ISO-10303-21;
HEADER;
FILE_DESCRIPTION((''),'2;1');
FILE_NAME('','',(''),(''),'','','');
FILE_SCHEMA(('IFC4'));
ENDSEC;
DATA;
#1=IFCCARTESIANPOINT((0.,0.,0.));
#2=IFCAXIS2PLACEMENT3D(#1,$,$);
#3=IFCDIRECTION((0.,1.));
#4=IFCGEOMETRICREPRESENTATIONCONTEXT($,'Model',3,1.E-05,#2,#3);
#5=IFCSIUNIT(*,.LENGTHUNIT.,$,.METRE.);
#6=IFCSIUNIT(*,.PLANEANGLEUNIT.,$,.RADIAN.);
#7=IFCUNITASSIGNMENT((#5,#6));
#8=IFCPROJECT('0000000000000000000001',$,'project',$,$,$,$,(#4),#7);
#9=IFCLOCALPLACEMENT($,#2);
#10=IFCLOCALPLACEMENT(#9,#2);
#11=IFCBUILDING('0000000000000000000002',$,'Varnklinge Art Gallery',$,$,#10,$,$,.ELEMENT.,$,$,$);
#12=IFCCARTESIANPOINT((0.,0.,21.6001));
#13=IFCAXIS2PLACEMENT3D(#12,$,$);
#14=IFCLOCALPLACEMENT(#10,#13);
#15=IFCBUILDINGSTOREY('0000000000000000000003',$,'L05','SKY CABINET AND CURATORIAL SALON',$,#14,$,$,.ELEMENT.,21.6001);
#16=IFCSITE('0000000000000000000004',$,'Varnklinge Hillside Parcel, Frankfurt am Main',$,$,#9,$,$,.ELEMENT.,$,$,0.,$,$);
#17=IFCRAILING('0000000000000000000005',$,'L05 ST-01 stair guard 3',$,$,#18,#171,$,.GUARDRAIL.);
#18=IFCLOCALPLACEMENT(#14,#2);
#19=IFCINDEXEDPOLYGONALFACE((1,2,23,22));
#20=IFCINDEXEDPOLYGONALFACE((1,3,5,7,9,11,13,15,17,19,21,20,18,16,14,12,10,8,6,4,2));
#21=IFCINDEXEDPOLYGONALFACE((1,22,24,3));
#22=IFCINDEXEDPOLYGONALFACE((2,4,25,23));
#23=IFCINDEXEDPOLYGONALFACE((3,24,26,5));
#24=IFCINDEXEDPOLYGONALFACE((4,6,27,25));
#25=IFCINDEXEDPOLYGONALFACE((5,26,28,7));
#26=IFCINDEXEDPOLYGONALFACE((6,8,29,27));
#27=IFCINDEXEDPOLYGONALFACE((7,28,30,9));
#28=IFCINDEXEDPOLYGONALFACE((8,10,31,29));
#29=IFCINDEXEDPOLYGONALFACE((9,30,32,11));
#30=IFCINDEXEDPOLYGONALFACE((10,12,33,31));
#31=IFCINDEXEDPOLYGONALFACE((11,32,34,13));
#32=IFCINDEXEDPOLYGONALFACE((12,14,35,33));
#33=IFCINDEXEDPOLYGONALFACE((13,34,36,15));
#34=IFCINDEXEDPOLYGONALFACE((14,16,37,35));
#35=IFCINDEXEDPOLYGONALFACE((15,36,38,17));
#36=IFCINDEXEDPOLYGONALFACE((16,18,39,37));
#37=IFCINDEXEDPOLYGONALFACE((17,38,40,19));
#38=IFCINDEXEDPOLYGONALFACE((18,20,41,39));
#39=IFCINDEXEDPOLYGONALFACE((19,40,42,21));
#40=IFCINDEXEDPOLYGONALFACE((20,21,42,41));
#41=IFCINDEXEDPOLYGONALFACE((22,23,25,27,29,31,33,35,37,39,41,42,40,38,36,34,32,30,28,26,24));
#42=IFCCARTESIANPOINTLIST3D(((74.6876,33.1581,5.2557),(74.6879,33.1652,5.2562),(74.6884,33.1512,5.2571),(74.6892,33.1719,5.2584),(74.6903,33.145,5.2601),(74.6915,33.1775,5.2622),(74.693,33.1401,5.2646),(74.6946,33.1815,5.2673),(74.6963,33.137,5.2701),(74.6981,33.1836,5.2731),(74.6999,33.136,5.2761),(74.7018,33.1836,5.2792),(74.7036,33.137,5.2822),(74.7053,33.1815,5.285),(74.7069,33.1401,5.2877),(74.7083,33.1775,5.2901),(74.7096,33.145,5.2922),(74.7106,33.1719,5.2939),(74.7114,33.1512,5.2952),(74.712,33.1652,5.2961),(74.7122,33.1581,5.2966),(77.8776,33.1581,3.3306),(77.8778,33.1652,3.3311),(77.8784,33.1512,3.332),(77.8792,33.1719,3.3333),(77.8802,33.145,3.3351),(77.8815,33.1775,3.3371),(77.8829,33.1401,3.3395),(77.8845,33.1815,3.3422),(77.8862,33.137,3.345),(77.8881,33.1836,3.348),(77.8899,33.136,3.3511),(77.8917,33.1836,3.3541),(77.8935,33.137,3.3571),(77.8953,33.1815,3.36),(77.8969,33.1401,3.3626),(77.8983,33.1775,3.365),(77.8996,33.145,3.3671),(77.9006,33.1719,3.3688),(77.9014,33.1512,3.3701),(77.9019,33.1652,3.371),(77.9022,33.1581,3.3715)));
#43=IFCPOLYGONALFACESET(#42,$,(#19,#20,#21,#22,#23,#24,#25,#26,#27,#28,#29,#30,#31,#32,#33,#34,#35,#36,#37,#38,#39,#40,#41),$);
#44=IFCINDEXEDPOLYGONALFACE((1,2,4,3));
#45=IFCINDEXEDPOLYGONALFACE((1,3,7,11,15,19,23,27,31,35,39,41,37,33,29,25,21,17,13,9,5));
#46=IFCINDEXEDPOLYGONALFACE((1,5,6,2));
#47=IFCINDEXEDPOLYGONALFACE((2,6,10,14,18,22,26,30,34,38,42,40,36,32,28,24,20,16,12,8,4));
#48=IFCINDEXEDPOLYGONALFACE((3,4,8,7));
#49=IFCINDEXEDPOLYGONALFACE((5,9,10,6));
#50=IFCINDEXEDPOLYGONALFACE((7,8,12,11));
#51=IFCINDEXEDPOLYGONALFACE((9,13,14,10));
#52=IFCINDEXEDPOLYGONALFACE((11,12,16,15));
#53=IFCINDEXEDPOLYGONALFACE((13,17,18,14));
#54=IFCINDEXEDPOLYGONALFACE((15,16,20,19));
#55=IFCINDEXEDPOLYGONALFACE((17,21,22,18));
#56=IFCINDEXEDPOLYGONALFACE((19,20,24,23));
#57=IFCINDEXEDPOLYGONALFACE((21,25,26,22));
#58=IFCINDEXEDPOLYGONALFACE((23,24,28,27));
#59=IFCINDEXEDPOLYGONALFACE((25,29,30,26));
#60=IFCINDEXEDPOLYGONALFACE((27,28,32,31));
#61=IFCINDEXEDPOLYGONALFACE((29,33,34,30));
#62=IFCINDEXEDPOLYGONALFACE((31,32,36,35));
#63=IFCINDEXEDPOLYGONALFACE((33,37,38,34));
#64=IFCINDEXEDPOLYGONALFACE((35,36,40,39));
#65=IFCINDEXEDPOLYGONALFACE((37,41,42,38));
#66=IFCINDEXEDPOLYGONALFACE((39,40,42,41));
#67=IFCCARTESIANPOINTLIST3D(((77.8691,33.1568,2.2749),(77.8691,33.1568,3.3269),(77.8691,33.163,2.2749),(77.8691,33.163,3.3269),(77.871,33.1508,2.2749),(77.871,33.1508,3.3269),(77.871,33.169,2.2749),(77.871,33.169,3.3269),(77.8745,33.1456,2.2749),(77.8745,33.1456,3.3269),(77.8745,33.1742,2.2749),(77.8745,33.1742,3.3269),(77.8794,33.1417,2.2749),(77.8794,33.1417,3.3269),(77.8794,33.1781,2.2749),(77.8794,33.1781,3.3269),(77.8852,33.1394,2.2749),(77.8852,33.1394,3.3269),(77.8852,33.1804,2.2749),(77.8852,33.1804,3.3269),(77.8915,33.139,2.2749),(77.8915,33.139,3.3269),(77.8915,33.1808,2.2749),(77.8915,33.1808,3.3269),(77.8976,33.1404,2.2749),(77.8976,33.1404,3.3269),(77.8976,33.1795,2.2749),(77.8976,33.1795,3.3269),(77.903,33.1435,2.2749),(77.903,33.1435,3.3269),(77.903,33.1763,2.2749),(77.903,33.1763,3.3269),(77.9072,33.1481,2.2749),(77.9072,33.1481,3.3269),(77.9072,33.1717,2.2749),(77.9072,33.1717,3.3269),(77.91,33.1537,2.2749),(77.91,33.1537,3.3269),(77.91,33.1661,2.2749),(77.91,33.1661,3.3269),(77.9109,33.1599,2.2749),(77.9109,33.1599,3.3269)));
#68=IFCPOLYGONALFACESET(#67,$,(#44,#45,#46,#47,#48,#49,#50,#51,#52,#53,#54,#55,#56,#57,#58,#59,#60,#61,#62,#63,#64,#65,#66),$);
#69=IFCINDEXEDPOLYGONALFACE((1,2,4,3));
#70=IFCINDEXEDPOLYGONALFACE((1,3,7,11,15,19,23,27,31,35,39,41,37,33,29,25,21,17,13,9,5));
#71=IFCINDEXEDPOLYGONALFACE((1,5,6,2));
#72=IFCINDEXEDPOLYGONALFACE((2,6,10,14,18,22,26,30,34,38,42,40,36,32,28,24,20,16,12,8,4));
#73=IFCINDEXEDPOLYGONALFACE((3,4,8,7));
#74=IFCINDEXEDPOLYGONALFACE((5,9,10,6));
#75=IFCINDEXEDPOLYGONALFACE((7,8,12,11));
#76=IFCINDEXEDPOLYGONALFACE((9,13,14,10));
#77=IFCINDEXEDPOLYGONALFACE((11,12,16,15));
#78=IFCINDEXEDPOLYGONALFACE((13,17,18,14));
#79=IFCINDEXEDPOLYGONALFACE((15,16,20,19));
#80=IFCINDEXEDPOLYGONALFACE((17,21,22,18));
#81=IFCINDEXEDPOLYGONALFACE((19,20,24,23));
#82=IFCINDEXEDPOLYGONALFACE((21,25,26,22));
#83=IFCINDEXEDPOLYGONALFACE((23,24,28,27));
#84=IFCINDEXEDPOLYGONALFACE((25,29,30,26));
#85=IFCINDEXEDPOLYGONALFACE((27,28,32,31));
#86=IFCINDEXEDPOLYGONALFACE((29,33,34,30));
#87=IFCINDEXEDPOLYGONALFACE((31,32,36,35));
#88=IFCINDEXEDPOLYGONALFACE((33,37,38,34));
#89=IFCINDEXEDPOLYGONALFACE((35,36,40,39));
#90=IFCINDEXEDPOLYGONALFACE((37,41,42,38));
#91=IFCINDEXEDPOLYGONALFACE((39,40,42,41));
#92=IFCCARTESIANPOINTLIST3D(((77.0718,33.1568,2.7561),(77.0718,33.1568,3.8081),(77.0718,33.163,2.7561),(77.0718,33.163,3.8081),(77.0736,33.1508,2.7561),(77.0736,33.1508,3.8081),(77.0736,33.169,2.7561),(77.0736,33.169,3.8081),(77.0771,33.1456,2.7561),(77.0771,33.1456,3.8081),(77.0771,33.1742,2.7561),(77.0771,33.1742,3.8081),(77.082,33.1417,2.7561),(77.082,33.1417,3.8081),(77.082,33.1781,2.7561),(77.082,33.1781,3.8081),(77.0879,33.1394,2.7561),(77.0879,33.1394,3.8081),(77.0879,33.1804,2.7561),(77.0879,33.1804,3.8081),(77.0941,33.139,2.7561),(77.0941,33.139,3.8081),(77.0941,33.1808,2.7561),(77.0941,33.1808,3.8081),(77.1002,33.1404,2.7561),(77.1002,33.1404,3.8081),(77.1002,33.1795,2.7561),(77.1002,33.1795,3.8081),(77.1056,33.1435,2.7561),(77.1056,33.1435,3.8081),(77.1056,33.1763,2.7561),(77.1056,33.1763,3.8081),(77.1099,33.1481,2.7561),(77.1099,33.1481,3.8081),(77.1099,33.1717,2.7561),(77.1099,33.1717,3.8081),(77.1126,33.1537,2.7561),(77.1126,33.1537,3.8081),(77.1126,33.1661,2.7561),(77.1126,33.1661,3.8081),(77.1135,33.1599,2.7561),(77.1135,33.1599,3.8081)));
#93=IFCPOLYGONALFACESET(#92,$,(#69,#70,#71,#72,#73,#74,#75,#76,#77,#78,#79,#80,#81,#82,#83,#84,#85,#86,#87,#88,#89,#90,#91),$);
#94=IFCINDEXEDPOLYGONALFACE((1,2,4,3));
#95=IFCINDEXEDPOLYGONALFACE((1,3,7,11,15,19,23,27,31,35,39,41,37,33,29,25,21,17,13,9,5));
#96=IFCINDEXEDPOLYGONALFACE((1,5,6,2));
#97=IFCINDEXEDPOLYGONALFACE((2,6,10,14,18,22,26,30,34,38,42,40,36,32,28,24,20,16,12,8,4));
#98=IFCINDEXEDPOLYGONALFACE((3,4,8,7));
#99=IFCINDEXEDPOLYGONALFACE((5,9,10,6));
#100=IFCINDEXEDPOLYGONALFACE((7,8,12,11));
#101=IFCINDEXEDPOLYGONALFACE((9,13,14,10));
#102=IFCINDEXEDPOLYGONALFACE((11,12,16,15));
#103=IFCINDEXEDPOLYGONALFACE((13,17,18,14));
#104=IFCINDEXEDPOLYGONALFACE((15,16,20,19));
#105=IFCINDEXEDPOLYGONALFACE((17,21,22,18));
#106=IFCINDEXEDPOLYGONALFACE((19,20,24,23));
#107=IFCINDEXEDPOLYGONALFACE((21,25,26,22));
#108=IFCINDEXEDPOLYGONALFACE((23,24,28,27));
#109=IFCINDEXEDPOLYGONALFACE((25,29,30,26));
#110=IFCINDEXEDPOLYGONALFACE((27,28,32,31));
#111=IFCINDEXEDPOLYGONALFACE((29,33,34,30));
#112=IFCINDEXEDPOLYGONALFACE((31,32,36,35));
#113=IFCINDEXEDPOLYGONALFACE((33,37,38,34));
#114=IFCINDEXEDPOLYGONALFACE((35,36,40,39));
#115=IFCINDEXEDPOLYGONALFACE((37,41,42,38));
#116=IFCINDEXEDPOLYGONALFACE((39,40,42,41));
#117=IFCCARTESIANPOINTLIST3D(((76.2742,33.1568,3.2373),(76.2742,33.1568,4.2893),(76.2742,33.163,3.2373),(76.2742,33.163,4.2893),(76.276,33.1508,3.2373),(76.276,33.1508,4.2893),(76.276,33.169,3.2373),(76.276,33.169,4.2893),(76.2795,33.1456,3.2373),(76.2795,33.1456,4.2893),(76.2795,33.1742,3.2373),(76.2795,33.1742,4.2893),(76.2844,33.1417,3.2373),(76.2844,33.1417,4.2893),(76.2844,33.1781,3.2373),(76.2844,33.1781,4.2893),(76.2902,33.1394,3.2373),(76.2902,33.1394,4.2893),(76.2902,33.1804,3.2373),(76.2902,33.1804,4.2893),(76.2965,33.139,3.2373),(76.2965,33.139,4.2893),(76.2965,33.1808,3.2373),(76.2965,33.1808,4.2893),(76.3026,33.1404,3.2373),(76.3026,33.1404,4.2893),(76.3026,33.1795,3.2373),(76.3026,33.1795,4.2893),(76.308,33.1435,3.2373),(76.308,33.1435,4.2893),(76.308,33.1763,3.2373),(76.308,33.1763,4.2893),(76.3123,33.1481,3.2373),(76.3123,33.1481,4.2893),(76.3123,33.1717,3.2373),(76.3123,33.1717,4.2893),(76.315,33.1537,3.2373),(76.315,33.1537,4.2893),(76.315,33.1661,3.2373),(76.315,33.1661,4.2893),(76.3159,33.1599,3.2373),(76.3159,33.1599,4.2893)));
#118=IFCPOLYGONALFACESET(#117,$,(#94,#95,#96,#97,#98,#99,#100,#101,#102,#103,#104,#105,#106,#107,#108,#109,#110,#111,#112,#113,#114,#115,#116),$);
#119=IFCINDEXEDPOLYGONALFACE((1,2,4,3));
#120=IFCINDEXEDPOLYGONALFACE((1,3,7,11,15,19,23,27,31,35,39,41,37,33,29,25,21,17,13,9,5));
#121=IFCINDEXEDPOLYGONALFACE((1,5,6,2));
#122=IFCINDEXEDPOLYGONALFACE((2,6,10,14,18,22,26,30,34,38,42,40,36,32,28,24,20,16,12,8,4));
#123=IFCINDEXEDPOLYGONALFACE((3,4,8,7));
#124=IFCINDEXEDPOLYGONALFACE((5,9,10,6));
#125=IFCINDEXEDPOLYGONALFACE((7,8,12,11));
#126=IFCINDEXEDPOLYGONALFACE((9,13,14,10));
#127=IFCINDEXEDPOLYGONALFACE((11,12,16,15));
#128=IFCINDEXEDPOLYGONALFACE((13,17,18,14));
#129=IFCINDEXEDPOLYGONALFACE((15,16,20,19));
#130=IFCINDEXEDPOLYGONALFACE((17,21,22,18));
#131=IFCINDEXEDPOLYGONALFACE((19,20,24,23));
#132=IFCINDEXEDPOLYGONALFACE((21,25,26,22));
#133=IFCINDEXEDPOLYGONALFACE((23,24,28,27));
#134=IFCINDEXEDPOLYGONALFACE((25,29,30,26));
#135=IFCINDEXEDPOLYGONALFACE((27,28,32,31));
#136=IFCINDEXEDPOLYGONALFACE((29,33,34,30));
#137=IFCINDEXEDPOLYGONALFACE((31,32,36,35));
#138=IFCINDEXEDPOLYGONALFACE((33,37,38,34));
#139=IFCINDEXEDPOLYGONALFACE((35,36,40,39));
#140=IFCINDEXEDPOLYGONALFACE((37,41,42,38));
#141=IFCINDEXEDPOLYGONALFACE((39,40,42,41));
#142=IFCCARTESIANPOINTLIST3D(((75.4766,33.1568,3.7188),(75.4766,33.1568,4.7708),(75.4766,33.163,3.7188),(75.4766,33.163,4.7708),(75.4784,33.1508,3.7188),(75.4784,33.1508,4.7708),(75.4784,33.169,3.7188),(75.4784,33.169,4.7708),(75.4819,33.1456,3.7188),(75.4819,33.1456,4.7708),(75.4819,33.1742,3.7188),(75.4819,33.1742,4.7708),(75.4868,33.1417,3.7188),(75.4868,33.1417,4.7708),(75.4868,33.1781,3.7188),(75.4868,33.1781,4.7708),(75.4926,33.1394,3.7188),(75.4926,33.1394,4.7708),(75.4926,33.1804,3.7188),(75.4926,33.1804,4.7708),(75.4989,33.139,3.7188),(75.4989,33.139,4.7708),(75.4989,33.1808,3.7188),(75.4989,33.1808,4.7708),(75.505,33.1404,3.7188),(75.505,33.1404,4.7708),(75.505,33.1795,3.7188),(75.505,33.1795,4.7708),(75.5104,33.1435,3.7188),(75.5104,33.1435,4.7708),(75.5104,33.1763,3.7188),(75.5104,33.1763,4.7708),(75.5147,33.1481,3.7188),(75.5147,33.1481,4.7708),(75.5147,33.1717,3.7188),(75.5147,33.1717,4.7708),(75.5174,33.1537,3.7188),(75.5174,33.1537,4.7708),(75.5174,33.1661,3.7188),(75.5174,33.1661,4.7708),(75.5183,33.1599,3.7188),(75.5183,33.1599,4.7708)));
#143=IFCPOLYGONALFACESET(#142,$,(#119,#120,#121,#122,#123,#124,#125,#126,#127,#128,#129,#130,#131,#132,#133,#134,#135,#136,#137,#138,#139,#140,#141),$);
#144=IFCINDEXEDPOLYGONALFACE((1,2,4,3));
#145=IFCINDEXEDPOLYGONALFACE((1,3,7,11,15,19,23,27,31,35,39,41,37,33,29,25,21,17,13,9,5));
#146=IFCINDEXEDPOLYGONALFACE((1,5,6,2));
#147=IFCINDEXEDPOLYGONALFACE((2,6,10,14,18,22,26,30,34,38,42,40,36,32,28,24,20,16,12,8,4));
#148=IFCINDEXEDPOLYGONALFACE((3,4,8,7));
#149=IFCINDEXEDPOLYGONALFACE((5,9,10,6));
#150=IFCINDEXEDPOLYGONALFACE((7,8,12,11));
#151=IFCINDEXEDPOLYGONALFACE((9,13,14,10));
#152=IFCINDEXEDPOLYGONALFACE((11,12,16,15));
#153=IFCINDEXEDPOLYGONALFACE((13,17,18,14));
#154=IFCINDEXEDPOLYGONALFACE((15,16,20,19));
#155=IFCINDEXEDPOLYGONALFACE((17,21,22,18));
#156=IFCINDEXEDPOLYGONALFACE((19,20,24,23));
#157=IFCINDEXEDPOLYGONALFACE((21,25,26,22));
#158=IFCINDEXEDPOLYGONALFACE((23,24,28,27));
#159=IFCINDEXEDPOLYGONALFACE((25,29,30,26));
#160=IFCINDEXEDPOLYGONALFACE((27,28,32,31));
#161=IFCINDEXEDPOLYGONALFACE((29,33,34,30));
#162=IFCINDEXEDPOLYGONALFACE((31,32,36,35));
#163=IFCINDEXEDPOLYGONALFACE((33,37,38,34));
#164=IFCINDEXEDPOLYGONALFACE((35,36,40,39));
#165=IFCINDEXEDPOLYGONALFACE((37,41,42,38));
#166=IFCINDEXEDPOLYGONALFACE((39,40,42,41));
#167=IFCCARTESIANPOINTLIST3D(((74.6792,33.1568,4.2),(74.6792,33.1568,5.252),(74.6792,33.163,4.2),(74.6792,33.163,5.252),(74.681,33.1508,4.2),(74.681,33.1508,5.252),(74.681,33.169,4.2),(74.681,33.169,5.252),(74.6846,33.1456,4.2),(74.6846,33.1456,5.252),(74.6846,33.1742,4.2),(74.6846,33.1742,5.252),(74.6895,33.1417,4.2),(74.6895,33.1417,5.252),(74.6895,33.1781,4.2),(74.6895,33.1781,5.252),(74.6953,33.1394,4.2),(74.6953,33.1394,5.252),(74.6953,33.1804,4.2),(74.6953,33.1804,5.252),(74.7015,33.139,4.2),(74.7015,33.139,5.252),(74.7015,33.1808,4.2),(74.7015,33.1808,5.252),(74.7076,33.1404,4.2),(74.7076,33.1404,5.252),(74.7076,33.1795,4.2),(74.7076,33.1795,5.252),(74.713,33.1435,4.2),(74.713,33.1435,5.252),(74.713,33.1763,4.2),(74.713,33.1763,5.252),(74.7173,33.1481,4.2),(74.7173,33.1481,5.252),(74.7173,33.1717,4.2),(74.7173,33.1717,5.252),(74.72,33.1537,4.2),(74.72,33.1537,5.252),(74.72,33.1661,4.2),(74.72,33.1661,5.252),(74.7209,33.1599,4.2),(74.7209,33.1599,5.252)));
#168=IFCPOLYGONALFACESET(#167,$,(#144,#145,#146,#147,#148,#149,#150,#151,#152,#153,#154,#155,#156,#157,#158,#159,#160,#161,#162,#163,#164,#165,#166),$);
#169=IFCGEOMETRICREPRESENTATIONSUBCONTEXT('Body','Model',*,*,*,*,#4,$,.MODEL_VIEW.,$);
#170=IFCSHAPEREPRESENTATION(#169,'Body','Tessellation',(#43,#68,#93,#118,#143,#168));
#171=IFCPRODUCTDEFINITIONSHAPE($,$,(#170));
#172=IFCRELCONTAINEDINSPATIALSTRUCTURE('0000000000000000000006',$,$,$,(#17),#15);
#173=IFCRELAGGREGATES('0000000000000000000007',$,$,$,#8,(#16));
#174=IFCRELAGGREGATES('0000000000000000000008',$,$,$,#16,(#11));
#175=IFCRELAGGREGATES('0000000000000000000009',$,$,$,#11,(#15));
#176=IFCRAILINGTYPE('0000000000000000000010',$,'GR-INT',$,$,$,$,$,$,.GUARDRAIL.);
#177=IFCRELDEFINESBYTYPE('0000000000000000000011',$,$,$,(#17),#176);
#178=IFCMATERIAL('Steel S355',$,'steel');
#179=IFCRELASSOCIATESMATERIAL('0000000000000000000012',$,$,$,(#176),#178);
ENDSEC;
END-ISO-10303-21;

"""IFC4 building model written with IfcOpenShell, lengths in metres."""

from ifc_helpers import new_model, si_unit, direction, frame, origin, origin_2d, place, context, subcontext, project, spatial, circle, extrude, material, type_object, element, save


model = new_model("IFC4")

# Units and contexts
model_context = context("Model", 3, precision=1e-05, world=origin(), true_north=direction((0.0, 1.0)))
body_context = subcontext(model_context, "Body", "Model", "MODEL_VIEW")
ifc_project = project(units=[si_unit("LENGTHUNIT", "METRE"), si_unit("PLANEANGLEUNIT", "RADIAN")], contexts=[model_context])

# Site, building, storey
site_placement = place(None, origin())
site = spatial("IfcSite", under=ifc_project, at=site_placement, Name="Varnklinge Hillside Parcel, Frankfurt am Main", CompositionType="ELEMENT", RefElevation=0.0)
building_placement = place(site_placement, origin())
building = spatial("IfcBuilding", under=site, at=building_placement, Name="Varnklinge Art Gallery", CompositionType="ELEMENT")
storey_placement = place(building_placement, frame((0.0, 0.0, 21.6001)))
storey = spatial("IfcBuildingStorey", under=building, at=storey_placement, Name="L05", Description="SKY CABINET AND CURATORIAL SALON", CompositionType="ELEMENT", Elevation=21.6001)

# Railing
ifc_material_1 = material(Name="Steel S355", Category="steel")
railing_type_1 = type_object("IfcRailingType", Name="GR-INT", PredefinedType="GUARDRAIL", material=ifc_material_1)
railing_1_placement = place(storey_placement, frame((77.8899, 33.1599, 2.2749)))
element("IfcRailing", 1, at=railing_1_placement, inside=storey, type_object=railing_type_1, Name="L05 ST-01 stair guard 3", PredefinedType="GUARDRAIL", context=body_context, shape_type="SweptSolid", body=[
    extrude(circle(Radius=0.0239, at=origin_2d()), frame((0.0, 0.0, 1.0762), z_axis=(-0.856178, 0.0, 0.516682), x_axis=(0.0, -1.0, 0.0)), (0.0, 0.0, 1.0), 3.7258),
    extrude(circle(Radius=0.021, at=origin_2d()), origin(), (0.0, 0.0, 1.0), 1.052),
    extrude(circle(Radius=0.021, at=origin_2d()), frame((-0.7974, 0.0, 0.4812)), (0.0, 0.0, 1.0), 1.052),
    extrude(circle(Radius=0.021, at=origin_2d()), frame((-1.595, 0.0, 0.9624)), (0.0, 0.0, 1.0), 1.052),
    extrude(circle(Radius=0.021, at=origin_2d()), frame((-2.3926, 0.0, 1.4438)), (0.0, 0.0, 1.0), 1.052),
    extrude(circle(Radius=0.021, at=origin_2d()), frame((-3.1899, 0.0, 1.925)), (0.0, 0.0, 1.0), 1.052),
])

save(model, "model.ifc")
